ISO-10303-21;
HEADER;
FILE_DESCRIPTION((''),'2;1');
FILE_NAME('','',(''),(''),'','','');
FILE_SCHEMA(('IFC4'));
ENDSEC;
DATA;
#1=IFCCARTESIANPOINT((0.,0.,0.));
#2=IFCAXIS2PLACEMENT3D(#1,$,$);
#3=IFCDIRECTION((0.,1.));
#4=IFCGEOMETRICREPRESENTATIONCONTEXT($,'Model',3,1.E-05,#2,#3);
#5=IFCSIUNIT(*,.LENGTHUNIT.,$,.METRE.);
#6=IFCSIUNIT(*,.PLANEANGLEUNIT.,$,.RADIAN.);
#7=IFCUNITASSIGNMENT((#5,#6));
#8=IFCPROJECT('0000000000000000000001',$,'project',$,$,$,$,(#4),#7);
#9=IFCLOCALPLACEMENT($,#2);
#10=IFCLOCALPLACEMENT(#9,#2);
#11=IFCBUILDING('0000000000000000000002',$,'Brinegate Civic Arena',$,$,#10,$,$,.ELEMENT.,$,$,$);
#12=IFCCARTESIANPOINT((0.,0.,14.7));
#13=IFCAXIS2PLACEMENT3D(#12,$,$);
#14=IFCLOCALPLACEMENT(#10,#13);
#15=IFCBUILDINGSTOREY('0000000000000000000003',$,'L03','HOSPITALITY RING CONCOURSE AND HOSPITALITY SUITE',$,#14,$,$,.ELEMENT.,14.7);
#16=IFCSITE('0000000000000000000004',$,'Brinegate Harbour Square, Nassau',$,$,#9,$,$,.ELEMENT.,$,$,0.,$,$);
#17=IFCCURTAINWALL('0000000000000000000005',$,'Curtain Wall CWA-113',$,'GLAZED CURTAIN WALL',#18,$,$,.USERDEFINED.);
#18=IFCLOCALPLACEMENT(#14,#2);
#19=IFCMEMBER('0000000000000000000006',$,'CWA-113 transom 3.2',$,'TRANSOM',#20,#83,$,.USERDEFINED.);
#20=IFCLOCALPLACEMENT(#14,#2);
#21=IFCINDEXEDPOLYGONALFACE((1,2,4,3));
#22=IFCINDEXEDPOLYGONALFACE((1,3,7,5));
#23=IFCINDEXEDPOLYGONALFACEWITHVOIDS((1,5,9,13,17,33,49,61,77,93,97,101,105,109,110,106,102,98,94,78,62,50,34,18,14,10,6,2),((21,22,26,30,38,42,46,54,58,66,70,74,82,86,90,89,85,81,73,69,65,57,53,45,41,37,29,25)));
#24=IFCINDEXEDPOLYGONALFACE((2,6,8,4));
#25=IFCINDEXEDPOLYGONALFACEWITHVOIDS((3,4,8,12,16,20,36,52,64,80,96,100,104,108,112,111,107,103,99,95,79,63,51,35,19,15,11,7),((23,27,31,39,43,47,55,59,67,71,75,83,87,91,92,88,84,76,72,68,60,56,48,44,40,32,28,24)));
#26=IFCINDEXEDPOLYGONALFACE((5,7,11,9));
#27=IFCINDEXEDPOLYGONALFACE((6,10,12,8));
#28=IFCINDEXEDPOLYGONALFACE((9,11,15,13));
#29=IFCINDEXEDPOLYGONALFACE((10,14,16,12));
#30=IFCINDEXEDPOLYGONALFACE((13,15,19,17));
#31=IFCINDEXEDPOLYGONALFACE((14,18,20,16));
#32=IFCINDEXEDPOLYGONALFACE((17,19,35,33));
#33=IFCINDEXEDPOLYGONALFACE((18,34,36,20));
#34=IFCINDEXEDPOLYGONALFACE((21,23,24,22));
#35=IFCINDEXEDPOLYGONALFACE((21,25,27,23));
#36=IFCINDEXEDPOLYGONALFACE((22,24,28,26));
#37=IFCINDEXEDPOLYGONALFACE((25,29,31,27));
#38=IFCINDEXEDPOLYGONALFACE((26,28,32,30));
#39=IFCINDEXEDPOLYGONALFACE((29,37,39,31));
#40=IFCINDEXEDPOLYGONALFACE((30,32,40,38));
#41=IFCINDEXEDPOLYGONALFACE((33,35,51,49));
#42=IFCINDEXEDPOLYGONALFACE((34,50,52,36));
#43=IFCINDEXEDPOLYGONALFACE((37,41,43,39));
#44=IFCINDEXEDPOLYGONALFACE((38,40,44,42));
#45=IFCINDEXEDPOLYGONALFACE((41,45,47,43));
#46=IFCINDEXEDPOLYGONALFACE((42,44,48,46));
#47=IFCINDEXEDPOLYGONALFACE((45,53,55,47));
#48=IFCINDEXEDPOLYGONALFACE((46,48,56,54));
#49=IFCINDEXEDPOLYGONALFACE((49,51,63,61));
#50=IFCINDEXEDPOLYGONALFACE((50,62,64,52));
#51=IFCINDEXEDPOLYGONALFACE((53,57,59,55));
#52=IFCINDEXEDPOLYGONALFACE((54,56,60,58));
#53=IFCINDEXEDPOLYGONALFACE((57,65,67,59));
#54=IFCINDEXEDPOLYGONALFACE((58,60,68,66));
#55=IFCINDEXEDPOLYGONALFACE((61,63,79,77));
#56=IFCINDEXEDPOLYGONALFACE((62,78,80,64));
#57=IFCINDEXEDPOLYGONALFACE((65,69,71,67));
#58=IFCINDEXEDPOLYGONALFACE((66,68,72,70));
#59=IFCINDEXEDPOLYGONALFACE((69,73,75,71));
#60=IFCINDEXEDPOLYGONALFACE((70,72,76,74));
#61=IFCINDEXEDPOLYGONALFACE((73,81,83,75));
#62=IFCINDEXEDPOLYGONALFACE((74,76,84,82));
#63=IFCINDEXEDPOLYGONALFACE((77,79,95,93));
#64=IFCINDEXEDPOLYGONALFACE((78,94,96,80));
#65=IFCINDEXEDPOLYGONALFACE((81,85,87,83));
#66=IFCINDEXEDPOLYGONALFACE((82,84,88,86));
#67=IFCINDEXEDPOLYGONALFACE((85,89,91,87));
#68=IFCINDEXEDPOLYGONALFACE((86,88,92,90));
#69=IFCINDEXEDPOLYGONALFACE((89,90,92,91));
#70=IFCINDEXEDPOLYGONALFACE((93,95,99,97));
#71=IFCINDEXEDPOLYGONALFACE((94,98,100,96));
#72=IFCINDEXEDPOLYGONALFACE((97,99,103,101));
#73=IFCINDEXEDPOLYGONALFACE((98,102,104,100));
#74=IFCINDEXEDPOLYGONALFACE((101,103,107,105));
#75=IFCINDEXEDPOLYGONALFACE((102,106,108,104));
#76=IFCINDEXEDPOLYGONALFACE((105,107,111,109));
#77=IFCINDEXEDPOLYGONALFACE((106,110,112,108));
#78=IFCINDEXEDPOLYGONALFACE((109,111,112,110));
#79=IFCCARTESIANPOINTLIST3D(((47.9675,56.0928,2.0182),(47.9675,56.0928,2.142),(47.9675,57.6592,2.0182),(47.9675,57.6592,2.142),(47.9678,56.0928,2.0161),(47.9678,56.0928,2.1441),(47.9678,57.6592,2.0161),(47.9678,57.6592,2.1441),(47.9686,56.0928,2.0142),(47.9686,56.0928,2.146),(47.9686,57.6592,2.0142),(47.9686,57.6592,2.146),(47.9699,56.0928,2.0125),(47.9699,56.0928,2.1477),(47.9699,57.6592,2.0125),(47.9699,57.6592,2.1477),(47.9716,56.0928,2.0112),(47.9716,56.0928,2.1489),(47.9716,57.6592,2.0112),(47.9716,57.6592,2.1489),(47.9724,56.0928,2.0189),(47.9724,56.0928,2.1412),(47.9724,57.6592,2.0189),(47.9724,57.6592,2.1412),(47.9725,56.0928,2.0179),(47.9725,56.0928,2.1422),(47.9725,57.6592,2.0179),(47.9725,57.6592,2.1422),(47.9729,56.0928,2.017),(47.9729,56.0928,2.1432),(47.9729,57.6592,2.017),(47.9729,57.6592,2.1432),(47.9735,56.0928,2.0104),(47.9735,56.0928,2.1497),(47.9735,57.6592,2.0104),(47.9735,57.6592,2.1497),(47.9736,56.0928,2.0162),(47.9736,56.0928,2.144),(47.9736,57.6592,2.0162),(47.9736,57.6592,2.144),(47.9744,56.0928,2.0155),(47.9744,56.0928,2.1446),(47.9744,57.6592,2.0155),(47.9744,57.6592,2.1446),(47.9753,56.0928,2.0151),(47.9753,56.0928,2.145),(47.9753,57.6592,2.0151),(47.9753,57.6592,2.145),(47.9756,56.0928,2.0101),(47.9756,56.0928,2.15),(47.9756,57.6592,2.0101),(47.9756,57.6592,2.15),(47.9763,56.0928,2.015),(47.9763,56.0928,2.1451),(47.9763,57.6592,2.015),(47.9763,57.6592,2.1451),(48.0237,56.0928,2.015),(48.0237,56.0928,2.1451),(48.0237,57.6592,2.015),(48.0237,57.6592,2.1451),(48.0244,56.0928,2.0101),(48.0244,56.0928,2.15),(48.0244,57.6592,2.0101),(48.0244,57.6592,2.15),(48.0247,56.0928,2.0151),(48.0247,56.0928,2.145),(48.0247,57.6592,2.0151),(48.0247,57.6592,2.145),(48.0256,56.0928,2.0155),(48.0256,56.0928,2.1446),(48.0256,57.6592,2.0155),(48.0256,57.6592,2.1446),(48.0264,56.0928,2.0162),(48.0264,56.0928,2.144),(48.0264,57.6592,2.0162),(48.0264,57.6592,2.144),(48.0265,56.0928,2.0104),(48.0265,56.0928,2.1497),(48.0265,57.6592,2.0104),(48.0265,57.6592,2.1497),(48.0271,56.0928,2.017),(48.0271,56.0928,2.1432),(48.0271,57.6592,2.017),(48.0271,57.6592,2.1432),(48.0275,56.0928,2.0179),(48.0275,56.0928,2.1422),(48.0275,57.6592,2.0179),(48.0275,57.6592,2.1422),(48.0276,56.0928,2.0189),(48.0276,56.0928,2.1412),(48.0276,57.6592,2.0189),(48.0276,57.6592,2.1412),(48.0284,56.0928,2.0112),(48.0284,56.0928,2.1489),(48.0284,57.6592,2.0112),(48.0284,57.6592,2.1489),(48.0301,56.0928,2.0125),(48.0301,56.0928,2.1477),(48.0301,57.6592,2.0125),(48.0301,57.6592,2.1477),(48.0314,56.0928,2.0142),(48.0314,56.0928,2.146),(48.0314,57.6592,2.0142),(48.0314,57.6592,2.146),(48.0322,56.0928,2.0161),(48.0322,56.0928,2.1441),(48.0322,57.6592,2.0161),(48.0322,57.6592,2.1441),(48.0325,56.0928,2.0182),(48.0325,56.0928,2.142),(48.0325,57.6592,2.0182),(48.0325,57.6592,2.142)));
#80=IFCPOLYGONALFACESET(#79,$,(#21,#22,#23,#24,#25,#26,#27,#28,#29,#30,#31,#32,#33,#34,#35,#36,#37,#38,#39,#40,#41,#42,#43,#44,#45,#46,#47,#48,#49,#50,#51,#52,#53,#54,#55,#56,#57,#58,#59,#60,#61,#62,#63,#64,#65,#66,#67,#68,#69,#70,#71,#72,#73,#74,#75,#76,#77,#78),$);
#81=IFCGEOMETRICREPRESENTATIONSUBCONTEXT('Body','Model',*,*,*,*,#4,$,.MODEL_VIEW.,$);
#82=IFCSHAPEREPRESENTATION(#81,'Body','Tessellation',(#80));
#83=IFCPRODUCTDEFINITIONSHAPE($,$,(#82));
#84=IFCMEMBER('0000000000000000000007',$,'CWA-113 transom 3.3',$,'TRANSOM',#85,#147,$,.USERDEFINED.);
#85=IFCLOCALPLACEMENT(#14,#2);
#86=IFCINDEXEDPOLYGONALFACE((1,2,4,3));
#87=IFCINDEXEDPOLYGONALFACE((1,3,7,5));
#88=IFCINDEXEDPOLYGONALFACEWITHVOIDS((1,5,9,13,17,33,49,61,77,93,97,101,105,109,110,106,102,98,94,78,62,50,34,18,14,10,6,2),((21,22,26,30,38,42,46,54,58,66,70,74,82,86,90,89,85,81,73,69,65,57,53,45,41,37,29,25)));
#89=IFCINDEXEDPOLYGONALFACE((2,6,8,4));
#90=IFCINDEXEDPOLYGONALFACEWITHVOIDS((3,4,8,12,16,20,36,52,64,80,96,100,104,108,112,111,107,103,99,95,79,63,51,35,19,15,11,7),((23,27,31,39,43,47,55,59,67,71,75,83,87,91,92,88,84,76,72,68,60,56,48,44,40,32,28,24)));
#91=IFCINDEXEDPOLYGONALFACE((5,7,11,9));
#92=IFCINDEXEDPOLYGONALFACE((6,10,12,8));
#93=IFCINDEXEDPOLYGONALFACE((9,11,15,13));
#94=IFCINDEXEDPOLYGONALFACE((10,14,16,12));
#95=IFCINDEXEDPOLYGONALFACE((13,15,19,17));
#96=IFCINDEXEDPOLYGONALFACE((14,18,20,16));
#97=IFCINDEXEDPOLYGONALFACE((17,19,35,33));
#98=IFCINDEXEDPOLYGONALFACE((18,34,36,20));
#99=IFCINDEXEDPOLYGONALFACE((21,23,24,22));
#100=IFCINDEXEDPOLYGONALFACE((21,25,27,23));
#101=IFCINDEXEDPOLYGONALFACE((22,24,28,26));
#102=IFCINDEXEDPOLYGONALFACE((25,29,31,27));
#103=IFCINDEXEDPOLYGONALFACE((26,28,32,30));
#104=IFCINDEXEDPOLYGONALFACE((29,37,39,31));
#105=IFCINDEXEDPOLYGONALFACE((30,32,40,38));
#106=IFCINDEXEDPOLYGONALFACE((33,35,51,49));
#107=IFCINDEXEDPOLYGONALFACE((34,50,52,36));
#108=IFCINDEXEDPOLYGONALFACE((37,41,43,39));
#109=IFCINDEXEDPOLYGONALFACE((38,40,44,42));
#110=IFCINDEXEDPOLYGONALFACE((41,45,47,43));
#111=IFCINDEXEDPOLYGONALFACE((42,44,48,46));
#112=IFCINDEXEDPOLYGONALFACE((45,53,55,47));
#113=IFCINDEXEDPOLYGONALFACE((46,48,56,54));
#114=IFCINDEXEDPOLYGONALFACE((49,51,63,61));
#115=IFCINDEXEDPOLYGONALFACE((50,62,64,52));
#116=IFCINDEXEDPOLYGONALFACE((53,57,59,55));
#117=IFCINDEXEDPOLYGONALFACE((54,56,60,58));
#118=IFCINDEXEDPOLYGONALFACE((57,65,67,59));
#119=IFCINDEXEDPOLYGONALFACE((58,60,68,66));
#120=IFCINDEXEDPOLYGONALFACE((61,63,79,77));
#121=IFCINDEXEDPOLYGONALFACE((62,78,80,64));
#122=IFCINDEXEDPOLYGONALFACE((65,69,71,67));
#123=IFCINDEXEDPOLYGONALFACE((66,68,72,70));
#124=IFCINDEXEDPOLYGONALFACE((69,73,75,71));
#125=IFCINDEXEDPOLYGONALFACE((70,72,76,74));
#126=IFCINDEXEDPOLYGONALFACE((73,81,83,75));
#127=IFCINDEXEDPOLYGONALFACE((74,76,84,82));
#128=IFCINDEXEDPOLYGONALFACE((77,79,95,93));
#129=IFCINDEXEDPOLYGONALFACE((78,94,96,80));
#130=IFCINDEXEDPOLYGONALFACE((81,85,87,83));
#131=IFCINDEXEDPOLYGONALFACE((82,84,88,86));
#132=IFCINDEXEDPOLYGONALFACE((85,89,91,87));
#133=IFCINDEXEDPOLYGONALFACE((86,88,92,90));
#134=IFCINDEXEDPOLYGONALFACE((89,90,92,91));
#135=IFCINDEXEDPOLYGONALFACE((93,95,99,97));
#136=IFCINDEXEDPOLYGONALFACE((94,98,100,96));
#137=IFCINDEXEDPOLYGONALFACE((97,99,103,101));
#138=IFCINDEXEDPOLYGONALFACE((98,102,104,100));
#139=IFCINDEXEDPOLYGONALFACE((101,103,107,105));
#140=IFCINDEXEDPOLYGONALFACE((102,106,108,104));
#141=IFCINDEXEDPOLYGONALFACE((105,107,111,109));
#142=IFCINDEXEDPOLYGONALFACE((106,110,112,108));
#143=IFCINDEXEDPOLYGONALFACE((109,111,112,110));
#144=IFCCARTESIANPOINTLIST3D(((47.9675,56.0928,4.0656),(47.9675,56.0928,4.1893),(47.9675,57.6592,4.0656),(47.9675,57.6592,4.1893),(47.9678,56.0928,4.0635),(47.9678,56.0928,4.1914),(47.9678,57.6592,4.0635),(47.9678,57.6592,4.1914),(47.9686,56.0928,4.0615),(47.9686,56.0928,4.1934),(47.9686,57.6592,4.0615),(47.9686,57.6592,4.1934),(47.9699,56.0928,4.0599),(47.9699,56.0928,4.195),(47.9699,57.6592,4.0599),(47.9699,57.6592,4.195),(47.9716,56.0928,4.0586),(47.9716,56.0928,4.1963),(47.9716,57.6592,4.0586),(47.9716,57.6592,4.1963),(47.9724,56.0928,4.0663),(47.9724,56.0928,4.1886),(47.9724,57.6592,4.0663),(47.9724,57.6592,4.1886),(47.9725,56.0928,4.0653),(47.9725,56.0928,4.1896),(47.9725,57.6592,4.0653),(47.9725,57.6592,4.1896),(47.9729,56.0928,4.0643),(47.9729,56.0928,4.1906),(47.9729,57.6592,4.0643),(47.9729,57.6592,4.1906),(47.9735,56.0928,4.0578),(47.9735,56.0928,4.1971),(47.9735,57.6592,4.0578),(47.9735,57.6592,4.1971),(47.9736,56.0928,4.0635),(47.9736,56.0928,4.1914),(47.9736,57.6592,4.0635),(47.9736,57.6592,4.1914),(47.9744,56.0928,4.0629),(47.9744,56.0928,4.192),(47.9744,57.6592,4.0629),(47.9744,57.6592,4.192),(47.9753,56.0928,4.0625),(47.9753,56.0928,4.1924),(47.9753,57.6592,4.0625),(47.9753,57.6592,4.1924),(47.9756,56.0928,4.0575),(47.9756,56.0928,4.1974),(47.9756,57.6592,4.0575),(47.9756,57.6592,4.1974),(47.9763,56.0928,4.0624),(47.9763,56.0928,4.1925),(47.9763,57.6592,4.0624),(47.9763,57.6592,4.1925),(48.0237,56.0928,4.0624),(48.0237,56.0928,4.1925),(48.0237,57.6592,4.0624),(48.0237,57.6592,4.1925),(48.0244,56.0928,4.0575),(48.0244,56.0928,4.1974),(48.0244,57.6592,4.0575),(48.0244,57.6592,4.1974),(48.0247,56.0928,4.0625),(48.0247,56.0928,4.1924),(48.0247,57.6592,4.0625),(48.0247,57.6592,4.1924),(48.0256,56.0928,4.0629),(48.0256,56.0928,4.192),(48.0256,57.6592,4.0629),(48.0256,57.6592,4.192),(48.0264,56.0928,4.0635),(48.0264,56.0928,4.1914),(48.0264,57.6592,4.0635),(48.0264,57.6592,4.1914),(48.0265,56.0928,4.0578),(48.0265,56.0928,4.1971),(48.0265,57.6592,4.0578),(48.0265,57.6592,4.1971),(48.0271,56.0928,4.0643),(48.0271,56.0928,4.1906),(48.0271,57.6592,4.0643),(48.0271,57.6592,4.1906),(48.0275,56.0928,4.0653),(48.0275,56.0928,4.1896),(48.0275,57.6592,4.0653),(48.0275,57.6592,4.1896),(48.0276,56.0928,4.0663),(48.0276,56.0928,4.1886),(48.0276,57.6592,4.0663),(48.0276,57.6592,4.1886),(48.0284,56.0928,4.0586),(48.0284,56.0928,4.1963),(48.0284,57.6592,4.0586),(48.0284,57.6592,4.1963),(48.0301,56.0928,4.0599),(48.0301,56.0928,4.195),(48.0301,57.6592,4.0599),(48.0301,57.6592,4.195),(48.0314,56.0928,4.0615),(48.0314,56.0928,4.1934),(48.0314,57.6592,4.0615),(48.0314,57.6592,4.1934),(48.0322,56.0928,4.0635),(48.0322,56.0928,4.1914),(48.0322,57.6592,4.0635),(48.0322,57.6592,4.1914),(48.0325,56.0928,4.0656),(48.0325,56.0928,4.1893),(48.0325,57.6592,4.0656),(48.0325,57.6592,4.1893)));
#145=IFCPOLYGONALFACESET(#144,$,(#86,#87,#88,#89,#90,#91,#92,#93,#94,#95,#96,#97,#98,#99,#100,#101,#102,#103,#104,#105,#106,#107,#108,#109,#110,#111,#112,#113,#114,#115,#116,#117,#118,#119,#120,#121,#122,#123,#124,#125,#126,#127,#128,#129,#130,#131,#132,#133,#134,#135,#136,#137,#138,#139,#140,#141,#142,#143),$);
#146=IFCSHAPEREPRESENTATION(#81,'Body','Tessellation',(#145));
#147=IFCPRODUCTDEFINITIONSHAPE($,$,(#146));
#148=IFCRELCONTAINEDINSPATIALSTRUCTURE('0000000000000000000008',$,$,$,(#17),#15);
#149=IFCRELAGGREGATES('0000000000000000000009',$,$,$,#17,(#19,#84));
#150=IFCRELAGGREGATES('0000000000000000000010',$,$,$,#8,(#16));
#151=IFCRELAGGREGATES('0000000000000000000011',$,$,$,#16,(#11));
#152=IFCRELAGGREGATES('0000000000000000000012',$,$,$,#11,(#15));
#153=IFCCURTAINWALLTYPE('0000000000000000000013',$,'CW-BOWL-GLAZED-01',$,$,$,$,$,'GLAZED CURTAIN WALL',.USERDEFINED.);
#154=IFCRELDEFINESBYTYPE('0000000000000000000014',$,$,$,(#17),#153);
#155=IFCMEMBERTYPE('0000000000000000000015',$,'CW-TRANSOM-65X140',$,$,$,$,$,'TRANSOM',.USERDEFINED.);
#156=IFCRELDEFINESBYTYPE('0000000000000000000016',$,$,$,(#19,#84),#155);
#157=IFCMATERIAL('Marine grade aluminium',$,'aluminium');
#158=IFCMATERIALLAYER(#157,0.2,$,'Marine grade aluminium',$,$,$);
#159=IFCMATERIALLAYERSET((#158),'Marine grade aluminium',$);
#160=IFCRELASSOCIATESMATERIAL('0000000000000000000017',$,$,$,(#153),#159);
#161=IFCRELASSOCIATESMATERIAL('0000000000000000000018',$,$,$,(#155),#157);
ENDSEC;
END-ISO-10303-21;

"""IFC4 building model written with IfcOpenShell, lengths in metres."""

from ifc_helpers import new_model, si_unit, direction, frame, origin, origin_2d, place, context, subcontext, project, spatial, hollow_rectangle, extrude, material, layer, layer_set, material_profile, profile_set, type_object, element, aggregate, save


model = new_model("IFC4")

# Units and contexts
model_context = context("Model", 3, precision=1e-05, world=origin(), true_north=direction((0.0, 1.0)))
body_context = subcontext(model_context, "Body", "Model", "MODEL_VIEW")
ifc_project = project(units=[si_unit("LENGTHUNIT", "METRE"), si_unit("PLANEANGLEUNIT", "RADIAN")], contexts=[model_context])

# Site, building, storey
site_placement = place(None, origin())
site = spatial("IfcSite", under=ifc_project, at=site_placement, Name="Brinegate Harbour Square, Nassau", CompositionType="ELEMENT", RefElevation=0.0)
building_placement = place(site_placement, origin())
building = spatial("IfcBuilding", under=site, at=building_placement, Name="Brinegate Civic Arena", CompositionType="ELEMENT")
storey_placement = place(building_placement, frame((0.0, 0.0, 14.7)))
storey = spatial("IfcBuildingStorey", under=building, at=storey_placement, Name="L03", Description="HOSPITALITY RING CONCOURSE AND HOSPITALITY SUITE", CompositionType="ELEMENT", Elevation=14.7)

# Curtain wall
ifc_material_1 = material(Name="Marine grade aluminium", Category="aluminium")
ifc_layer_1 = layer(ifc_material_1, 0.2, Name="Marine grade aluminium")
ifc_layer_set_1 = layer_set([ifc_layer_1], Name="Marine grade aluminium")
curtain_wall_type = type_object("IfcCurtainWallType", Name="CW-BOWL-GLAZED-01", ElementType="GLAZED CURTAIN WALL", PredefinedType="USERDEFINED", material=ifc_layer_set_1)
curtain_wall_1_placement = place(storey_placement, origin())
curtain_wall_1 = element("IfcCurtainWall", 1, at=curtain_wall_1_placement, inside=storey, type_object=curtain_wall_type, Name="Curtain Wall CWA-113", ObjectType="GLAZED CURTAIN WALL", PredefinedType="USERDEFINED")

# Members
ifc_material_profile_1 = material_profile(ifc_material_1, hollow_rectangle(XDim=0.0649, YDim=0.1399, WallThickness=0.0049, InnerFilletRadius=0.0039, OuterFilletRadius=0.0081, at=origin_2d()), Name="TRN65X140")
ifc_profile_set_1 = profile_set([ifc_material_profile_1], Name="Marine grade aluminium")
member_type_1 = type_object("IfcMemberType", Name="CW-TRANSOM-65X140", ElementType="TRANSOM", PredefinedType="USERDEFINED", material=ifc_profile_set_1)
member_1_placement = place(storey_placement, frame((48.0, 56.0928, 2.0801), z_axis=(0.0, 1.0, 0.0), x_axis=(-1.0, 0.0, 0.0)))
member_1 = element("IfcMember", 2, at=member_1_placement, type_object=member_type_1, Name="CWA-113 transom 3.2", ObjectType="TRANSOM", PredefinedType="USERDEFINED", context=body_context, shape_type="SweptSolid", body=[
    extrude(hollow_rectangle(XDim=0.0649, YDim=0.1399, WallThickness=0.0049, InnerFilletRadius=0.0039, OuterFilletRadius=0.0081, at=origin_2d()), origin(), (0.0, 0.0, 1.0), 1.5664),
])
member_2_placement = place(storey_placement, frame((48.0, 56.0928, 4.1274), z_axis=(0.0, 1.0, 0.0), x_axis=(-1.0, 0.0, 0.0)))
member_2 = element("IfcMember", 3, at=member_2_placement, type_object=member_type_1, Name="CWA-113 transom 3.3", ObjectType="TRANSOM", PredefinedType="USERDEFINED", context=body_context, shape_type="SweptSolid", body=[
    extrude(hollow_rectangle(XDim=0.0649, YDim=0.1399, WallThickness=0.0049, InnerFilletRadius=0.0039, OuterFilletRadius=0.0081, at=origin_2d()), origin(), (0.0, 0.0, 1.0), 1.5664),
])

aggregate(curtain_wall_1, [member_1, member_2])

save(model, "model.ifc")
